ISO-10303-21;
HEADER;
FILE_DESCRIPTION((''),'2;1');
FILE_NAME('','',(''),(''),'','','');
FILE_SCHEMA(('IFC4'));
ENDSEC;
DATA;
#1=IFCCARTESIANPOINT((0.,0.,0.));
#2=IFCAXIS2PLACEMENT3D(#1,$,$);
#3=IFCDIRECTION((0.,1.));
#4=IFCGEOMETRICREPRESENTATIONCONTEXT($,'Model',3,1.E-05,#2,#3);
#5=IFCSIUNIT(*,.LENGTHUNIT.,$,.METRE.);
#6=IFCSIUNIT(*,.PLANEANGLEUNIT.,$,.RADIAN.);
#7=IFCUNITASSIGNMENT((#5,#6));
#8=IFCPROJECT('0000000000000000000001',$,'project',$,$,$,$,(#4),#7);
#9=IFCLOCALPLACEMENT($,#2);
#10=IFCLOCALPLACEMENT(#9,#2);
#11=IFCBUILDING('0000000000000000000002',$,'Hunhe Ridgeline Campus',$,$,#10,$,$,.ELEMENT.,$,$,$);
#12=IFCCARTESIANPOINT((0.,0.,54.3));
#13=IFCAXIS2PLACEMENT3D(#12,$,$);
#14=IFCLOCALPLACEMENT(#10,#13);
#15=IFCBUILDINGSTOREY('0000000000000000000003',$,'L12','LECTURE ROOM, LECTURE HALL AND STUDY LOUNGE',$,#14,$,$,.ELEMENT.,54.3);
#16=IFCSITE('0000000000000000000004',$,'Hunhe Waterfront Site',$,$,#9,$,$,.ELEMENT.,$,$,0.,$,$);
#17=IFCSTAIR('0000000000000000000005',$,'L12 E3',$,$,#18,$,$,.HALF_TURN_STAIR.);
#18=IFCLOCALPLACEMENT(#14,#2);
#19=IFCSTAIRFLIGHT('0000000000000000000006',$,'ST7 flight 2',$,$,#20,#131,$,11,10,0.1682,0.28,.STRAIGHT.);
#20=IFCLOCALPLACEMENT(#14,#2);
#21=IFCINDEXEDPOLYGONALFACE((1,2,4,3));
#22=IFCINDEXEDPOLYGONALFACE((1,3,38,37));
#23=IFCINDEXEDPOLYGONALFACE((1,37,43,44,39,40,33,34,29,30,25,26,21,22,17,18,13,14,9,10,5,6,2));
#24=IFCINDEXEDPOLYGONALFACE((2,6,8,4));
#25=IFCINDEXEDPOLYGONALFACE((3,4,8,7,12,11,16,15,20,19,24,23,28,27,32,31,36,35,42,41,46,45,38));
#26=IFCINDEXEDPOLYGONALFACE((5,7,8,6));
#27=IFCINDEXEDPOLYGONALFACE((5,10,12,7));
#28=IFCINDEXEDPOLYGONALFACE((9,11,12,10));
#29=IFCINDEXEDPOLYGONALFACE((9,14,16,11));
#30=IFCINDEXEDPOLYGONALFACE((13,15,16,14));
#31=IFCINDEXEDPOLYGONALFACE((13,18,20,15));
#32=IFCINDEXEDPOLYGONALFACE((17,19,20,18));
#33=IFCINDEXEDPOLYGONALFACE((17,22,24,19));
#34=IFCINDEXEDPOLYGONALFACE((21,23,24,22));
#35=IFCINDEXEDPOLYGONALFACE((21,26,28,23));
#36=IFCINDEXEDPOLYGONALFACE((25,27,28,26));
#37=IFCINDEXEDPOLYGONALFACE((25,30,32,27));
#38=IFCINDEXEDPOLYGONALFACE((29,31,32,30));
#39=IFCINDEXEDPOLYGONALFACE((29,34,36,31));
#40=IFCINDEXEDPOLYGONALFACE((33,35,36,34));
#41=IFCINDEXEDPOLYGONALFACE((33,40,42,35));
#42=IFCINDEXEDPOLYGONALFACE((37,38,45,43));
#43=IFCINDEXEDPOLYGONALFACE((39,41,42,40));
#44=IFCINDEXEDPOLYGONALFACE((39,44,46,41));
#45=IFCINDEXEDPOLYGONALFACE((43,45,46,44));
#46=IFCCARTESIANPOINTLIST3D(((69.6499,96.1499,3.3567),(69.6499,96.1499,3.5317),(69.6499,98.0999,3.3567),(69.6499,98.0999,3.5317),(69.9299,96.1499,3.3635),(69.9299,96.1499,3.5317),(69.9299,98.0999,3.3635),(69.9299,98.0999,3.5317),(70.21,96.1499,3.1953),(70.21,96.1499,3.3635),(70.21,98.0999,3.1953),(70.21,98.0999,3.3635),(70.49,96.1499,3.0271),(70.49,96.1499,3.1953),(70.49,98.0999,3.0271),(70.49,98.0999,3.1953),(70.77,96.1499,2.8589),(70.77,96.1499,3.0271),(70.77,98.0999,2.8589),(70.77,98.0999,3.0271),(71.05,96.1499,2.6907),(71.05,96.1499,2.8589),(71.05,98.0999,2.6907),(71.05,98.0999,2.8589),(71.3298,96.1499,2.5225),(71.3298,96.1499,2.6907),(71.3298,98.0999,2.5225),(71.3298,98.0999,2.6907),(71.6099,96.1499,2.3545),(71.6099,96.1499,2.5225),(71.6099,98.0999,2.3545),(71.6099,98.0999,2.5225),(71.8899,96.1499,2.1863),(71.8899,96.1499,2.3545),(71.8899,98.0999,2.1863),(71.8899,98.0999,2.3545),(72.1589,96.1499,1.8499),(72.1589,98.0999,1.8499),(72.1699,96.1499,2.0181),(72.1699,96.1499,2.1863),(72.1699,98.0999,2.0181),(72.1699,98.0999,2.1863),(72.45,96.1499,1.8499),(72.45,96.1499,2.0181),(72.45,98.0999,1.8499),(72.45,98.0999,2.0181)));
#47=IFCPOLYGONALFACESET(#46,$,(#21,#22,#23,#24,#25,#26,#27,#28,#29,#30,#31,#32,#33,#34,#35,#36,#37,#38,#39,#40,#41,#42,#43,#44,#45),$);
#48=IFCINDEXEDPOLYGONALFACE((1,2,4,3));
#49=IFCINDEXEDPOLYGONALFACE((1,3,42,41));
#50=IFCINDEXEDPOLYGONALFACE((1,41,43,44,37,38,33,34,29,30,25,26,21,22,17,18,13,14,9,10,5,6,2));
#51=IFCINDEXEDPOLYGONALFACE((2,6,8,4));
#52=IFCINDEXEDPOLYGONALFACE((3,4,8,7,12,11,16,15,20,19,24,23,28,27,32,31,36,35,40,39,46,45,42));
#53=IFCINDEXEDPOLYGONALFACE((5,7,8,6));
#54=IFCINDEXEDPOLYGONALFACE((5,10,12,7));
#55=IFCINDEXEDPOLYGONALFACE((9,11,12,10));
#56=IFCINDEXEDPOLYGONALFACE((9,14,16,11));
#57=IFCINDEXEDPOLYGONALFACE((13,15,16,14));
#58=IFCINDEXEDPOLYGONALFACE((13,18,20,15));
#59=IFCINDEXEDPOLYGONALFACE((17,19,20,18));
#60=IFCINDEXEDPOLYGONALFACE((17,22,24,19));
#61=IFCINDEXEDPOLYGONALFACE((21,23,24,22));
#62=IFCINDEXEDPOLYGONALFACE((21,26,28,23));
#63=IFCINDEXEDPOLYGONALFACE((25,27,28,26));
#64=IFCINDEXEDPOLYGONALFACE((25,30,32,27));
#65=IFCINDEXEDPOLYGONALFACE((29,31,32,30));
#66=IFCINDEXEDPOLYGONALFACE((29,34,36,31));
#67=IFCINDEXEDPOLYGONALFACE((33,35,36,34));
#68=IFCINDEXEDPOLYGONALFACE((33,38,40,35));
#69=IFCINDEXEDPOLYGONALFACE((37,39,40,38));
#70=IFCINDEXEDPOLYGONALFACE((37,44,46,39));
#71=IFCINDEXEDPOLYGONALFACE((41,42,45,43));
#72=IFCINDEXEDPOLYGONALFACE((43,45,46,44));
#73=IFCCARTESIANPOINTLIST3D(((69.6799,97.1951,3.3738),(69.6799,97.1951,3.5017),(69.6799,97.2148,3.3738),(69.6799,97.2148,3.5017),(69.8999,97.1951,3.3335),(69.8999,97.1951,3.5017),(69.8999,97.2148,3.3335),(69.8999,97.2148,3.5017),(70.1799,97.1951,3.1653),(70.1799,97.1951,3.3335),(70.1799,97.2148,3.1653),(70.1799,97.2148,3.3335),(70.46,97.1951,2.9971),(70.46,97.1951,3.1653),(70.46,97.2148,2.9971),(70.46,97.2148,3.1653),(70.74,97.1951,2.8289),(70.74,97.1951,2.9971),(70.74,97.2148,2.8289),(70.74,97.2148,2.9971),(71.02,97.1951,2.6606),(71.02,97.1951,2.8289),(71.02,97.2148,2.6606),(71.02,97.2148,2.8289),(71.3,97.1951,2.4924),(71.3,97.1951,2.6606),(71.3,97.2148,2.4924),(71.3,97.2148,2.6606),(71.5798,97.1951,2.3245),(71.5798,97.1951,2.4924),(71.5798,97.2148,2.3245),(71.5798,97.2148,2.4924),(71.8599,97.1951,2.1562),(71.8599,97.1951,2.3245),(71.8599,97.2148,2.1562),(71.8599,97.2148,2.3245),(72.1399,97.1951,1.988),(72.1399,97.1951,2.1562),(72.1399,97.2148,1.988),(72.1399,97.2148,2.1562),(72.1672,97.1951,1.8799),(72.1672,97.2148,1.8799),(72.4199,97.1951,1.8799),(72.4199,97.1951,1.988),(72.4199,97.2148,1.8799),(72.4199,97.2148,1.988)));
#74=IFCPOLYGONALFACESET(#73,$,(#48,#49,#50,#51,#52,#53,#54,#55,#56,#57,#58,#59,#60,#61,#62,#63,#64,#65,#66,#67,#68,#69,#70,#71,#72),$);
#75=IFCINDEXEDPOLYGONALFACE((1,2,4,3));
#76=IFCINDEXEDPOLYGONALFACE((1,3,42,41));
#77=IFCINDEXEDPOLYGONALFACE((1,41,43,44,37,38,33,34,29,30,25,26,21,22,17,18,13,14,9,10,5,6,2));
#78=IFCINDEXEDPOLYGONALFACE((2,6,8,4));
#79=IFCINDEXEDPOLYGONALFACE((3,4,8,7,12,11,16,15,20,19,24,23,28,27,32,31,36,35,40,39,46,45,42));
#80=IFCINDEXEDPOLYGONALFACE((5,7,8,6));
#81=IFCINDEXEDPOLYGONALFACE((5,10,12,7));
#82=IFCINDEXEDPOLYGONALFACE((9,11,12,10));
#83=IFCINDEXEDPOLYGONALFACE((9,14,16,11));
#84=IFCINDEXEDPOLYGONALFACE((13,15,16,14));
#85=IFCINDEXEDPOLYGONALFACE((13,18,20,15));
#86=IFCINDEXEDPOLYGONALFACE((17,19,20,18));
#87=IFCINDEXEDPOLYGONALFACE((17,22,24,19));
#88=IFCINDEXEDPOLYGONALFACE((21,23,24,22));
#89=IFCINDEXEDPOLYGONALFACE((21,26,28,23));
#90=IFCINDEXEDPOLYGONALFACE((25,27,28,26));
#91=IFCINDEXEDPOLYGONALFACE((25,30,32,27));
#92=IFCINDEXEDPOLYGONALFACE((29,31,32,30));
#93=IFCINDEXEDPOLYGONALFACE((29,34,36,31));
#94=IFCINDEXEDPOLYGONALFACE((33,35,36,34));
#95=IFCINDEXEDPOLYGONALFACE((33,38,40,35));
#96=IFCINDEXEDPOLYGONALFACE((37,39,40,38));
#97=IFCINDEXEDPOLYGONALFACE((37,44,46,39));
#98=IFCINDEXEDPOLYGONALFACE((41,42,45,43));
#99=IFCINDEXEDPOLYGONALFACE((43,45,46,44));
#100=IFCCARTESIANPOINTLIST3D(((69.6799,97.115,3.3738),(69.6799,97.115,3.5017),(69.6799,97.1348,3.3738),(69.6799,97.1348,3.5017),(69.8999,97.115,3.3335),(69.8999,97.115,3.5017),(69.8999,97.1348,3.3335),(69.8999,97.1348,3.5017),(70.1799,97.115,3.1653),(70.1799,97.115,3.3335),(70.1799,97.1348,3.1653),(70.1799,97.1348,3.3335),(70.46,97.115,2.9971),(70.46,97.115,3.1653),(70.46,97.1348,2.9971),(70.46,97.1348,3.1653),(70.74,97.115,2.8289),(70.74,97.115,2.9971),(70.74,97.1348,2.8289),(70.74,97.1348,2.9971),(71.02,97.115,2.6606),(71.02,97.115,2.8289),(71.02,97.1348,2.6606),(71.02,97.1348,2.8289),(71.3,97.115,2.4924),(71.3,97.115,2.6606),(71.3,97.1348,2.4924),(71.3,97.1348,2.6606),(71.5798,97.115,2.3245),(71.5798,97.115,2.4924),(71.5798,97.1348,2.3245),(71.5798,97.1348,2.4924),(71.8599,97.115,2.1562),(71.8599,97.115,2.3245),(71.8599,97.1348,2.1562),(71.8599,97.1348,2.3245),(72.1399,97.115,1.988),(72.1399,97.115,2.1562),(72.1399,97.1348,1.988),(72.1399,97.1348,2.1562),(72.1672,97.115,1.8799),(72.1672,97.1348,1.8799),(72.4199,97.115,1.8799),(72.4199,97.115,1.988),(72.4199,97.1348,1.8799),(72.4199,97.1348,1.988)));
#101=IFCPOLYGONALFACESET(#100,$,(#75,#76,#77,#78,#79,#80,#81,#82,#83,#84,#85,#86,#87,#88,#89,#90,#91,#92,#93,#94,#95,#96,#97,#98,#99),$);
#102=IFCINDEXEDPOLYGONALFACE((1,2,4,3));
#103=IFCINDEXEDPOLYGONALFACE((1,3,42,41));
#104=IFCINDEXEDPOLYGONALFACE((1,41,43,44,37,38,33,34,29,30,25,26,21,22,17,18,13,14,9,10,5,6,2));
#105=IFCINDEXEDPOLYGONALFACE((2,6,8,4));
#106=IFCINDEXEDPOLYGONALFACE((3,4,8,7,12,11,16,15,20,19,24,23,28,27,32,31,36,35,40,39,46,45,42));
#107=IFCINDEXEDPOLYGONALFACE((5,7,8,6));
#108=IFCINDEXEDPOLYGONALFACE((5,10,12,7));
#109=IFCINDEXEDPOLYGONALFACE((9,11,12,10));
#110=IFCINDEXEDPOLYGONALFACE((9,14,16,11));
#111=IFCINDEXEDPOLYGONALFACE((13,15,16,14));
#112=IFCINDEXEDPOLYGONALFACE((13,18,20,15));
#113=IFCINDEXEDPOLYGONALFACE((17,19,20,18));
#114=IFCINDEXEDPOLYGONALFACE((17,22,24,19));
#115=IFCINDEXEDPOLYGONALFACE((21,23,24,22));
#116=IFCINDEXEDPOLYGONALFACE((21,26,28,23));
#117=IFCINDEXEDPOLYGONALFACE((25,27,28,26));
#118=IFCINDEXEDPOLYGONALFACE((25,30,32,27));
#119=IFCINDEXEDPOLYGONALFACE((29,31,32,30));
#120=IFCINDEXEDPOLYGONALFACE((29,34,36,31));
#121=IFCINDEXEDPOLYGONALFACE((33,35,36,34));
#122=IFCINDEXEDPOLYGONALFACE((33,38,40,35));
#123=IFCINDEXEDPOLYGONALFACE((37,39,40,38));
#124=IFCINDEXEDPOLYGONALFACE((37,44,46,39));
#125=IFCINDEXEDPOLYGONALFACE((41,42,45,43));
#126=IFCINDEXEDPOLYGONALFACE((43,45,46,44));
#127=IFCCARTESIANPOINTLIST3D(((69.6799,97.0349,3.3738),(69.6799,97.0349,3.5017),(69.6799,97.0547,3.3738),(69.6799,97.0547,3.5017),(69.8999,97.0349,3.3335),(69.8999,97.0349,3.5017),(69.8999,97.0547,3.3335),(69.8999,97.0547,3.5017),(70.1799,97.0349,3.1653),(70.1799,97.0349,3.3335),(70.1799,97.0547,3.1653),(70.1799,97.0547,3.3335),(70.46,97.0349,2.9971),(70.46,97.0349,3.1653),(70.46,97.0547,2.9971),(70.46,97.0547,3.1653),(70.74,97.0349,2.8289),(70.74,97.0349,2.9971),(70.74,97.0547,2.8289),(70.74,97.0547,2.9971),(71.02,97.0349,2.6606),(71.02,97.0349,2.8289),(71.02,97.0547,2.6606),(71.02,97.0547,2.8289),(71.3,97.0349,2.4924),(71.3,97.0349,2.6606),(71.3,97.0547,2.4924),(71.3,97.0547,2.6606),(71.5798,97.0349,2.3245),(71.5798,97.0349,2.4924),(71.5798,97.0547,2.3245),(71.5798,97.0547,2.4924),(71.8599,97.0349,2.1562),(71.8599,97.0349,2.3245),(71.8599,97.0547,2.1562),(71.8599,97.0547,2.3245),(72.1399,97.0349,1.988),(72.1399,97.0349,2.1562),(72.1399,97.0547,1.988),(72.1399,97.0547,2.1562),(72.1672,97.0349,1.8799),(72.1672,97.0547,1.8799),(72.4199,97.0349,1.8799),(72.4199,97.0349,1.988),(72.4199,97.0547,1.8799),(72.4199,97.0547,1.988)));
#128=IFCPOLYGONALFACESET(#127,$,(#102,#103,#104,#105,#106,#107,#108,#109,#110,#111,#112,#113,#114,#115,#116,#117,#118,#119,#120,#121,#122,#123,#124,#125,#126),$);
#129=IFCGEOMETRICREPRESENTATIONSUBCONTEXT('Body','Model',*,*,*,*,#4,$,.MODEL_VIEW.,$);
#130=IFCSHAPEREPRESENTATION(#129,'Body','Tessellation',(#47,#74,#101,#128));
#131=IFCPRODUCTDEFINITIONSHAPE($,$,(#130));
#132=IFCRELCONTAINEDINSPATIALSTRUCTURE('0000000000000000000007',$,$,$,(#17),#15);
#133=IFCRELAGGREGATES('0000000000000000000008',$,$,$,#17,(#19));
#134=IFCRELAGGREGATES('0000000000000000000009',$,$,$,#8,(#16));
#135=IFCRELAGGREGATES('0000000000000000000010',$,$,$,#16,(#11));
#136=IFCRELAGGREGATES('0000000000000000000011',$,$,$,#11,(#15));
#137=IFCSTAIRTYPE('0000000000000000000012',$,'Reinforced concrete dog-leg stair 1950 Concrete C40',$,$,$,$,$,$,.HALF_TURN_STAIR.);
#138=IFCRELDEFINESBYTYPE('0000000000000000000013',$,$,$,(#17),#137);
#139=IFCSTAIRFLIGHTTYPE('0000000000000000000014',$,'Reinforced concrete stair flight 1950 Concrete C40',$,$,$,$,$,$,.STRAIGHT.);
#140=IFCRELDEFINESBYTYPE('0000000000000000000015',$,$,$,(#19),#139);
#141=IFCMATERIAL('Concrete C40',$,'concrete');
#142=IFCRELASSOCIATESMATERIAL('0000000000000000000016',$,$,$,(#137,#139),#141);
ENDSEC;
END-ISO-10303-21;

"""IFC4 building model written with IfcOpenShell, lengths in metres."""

from ifc_helpers import new_model, si_unit, direction, frame, origin, place, context, subcontext, project, spatial, polyline, outline, extrude, material, type_object, element, aggregate, save


model = new_model("IFC4")

# Units and contexts
model_context = context("Model", 3, precision=1e-05, world=origin(), true_north=direction((0.0, 1.0)))
body_context = subcontext(model_context, "Body", "Model", "MODEL_VIEW")
ifc_project = project(units=[si_unit("LENGTHUNIT", "METRE"), si_unit("PLANEANGLEUNIT", "RADIAN")], contexts=[model_context])

# Site, building, storey
site_placement = place(None, origin())
site = spatial("IfcSite", under=ifc_project, at=site_placement, Name="Hunhe Waterfront Site", CompositionType="ELEMENT", RefElevation=0.0)
building_placement = place(site_placement, origin())
building = spatial("IfcBuilding", under=site, at=building_placement, Name="Hunhe Ridgeline Campus", CompositionType="ELEMENT")
storey_placement = place(building_placement, frame((0.0, 0.0, 54.3)))
storey = spatial("IfcBuildingStorey", under=building, at=storey_placement, Name="L12", Description="LECTURE ROOM, LECTURE HALL AND STUDY LOUNGE", CompositionType="ELEMENT", Elevation=54.3)

# Shared definitions
ifc_material_1 = material(Name="Concrete C40", Category="concrete")
stair_type = type_object("IfcStairType", Name="Reinforced concrete dog-leg stair 1950 Concrete C40", PredefinedType="HALF_TURN_STAIR", material=ifc_material_1)
stair_flight_type = type_object("IfcStairFlightType", Name="Reinforced concrete stair flight 1950 Concrete C40", PredefinedType="STRAIGHT", material=ifc_material_1)

# Stair, stair flight
stair_1_placement = place(storey_placement, origin())
stair_1 = element("IfcStair", 1, at=stair_1_placement, inside=storey, type_object=stair_type, Name="L12 E3", PredefinedType="HALF_TURN_STAIR")
stair_flight_1_placement = place(storey_placement, frame((72.45, 97.125, 1.8499), z_axis=(0.0, 0.0, 1.0), x_axis=(-1.0, 0.0, 0.0)))
stair_flight_1 = element("IfcStairFlight", 2, at=stair_flight_1_placement, type_object=stair_flight_type, Name="ST7 flight 2", NumberOfRisers=11, NumberOfTreads=10, PredefinedType="STRAIGHT", RiserHeight=0.1682, TreadLength=0.28, context=body_context, shape_type="SweptSolid", body=[
    extrude(outline(polyline([(0.0, 0.0), (0.0, 0.1682), (0.28, 0.1682), (0.28, 0.3364), (0.5601, 0.3364), (0.5601, 0.5046), (0.8401, 0.5046), (0.8401, 0.6726), (1.1201, 0.6726), (1.1201, 0.8408), (1.3999, 0.8408), (1.3999, 1.009), (1.6799, 1.009), (1.6799, 1.1772), (1.96, 1.1772), (1.96, 1.3455), (2.24, 1.3455), (2.24, 1.5137), (2.52, 1.5137), (2.52, 1.6819), (2.8, 1.6819), (2.8, 1.8501), (2.8, 1.5068), (0.291, 0.0), (0.0, 0.0)])), frame((0.0, 0.9751, 0.0), z_axis=(0.0, -1.0, 0.0), x_axis=(1.0, 0.0, 0.0)), (0.0, 0.0, 1.0), 1.95),
    extrude(outline(polyline([(0.03, 0.03), (0.03, 0.1382), (0.3101, 0.1382), (0.3101, 0.3064), (0.5901, 0.3064), (0.5901, 0.4746), (0.8701, 0.4746), (0.8701, 0.6426), (1.1499, 0.6426), (1.1499, 0.8108), (1.4299, 0.8108), (1.4299, 0.979), (1.71, 0.979), (1.71, 1.1472), (1.99, 1.1472), (1.99, 1.3154), (2.27, 1.3154), (2.27, 1.4836), (2.55, 1.4836), (2.55, 1.6519), (2.77, 1.6519), (2.77, 1.5239), (0.2827, 0.03), (0.03, 0.03)])), frame((0.0, -0.0701, 0.0), z_axis=(0.0, -1.0, 0.0), x_axis=(1.0, 0.0, 0.0)), (0.0, 0.0, 1.0), 0.0198),
    extrude(outline(polyline([(0.03, 0.03), (0.03, 0.1382), (0.3101, 0.1382), (0.3101, 0.3064), (0.5901, 0.3064), (0.5901, 0.4746), (0.8701, 0.4746), (0.8701, 0.6426), (1.1499, 0.6426), (1.1499, 0.8108), (1.4299, 0.8108), (1.4299, 0.979), (1.71, 0.979), (1.71, 1.1472), (1.99, 1.1472), (1.99, 1.3154), (2.27, 1.3154), (2.27, 1.4836), (2.55, 1.4836), (2.55, 1.6519), (2.77, 1.6519), (2.77, 1.5239), (0.2827, 0.03), (0.03, 0.03)])), frame((0.0, 0.01, 0.0), z_axis=(0.0, -1.0, 0.0), x_axis=(1.0, 0.0, 0.0)), (0.0, 0.0, 1.0), 0.0198),
    extrude(outline(polyline([(0.03, 0.03), (0.03, 0.1382), (0.3101, 0.1382), (0.3101, 0.3064), (0.5901, 0.3064), (0.5901, 0.4746), (0.8701, 0.4746), (0.8701, 0.6426), (1.1499, 0.6426), (1.1499, 0.8108), (1.4299, 0.8108), (1.4299, 0.979), (1.71, 0.979), (1.71, 1.1472), (1.99, 1.1472), (1.99, 1.3154), (2.27, 1.3154), (2.27, 1.4836), (2.55, 1.4836), (2.55, 1.6519), (2.77, 1.6519), (2.77, 1.5239), (0.2827, 0.03), (0.03, 0.03)])), frame((0.0, 0.0901, 0.0), z_axis=(0.0, -1.0, 0.0), x_axis=(1.0, 0.0, 0.0)), (0.0, 0.0, 1.0), 0.0198),
])
aggregate(stair_1, [stair_flight_1])

save(model, "model.ifc")
